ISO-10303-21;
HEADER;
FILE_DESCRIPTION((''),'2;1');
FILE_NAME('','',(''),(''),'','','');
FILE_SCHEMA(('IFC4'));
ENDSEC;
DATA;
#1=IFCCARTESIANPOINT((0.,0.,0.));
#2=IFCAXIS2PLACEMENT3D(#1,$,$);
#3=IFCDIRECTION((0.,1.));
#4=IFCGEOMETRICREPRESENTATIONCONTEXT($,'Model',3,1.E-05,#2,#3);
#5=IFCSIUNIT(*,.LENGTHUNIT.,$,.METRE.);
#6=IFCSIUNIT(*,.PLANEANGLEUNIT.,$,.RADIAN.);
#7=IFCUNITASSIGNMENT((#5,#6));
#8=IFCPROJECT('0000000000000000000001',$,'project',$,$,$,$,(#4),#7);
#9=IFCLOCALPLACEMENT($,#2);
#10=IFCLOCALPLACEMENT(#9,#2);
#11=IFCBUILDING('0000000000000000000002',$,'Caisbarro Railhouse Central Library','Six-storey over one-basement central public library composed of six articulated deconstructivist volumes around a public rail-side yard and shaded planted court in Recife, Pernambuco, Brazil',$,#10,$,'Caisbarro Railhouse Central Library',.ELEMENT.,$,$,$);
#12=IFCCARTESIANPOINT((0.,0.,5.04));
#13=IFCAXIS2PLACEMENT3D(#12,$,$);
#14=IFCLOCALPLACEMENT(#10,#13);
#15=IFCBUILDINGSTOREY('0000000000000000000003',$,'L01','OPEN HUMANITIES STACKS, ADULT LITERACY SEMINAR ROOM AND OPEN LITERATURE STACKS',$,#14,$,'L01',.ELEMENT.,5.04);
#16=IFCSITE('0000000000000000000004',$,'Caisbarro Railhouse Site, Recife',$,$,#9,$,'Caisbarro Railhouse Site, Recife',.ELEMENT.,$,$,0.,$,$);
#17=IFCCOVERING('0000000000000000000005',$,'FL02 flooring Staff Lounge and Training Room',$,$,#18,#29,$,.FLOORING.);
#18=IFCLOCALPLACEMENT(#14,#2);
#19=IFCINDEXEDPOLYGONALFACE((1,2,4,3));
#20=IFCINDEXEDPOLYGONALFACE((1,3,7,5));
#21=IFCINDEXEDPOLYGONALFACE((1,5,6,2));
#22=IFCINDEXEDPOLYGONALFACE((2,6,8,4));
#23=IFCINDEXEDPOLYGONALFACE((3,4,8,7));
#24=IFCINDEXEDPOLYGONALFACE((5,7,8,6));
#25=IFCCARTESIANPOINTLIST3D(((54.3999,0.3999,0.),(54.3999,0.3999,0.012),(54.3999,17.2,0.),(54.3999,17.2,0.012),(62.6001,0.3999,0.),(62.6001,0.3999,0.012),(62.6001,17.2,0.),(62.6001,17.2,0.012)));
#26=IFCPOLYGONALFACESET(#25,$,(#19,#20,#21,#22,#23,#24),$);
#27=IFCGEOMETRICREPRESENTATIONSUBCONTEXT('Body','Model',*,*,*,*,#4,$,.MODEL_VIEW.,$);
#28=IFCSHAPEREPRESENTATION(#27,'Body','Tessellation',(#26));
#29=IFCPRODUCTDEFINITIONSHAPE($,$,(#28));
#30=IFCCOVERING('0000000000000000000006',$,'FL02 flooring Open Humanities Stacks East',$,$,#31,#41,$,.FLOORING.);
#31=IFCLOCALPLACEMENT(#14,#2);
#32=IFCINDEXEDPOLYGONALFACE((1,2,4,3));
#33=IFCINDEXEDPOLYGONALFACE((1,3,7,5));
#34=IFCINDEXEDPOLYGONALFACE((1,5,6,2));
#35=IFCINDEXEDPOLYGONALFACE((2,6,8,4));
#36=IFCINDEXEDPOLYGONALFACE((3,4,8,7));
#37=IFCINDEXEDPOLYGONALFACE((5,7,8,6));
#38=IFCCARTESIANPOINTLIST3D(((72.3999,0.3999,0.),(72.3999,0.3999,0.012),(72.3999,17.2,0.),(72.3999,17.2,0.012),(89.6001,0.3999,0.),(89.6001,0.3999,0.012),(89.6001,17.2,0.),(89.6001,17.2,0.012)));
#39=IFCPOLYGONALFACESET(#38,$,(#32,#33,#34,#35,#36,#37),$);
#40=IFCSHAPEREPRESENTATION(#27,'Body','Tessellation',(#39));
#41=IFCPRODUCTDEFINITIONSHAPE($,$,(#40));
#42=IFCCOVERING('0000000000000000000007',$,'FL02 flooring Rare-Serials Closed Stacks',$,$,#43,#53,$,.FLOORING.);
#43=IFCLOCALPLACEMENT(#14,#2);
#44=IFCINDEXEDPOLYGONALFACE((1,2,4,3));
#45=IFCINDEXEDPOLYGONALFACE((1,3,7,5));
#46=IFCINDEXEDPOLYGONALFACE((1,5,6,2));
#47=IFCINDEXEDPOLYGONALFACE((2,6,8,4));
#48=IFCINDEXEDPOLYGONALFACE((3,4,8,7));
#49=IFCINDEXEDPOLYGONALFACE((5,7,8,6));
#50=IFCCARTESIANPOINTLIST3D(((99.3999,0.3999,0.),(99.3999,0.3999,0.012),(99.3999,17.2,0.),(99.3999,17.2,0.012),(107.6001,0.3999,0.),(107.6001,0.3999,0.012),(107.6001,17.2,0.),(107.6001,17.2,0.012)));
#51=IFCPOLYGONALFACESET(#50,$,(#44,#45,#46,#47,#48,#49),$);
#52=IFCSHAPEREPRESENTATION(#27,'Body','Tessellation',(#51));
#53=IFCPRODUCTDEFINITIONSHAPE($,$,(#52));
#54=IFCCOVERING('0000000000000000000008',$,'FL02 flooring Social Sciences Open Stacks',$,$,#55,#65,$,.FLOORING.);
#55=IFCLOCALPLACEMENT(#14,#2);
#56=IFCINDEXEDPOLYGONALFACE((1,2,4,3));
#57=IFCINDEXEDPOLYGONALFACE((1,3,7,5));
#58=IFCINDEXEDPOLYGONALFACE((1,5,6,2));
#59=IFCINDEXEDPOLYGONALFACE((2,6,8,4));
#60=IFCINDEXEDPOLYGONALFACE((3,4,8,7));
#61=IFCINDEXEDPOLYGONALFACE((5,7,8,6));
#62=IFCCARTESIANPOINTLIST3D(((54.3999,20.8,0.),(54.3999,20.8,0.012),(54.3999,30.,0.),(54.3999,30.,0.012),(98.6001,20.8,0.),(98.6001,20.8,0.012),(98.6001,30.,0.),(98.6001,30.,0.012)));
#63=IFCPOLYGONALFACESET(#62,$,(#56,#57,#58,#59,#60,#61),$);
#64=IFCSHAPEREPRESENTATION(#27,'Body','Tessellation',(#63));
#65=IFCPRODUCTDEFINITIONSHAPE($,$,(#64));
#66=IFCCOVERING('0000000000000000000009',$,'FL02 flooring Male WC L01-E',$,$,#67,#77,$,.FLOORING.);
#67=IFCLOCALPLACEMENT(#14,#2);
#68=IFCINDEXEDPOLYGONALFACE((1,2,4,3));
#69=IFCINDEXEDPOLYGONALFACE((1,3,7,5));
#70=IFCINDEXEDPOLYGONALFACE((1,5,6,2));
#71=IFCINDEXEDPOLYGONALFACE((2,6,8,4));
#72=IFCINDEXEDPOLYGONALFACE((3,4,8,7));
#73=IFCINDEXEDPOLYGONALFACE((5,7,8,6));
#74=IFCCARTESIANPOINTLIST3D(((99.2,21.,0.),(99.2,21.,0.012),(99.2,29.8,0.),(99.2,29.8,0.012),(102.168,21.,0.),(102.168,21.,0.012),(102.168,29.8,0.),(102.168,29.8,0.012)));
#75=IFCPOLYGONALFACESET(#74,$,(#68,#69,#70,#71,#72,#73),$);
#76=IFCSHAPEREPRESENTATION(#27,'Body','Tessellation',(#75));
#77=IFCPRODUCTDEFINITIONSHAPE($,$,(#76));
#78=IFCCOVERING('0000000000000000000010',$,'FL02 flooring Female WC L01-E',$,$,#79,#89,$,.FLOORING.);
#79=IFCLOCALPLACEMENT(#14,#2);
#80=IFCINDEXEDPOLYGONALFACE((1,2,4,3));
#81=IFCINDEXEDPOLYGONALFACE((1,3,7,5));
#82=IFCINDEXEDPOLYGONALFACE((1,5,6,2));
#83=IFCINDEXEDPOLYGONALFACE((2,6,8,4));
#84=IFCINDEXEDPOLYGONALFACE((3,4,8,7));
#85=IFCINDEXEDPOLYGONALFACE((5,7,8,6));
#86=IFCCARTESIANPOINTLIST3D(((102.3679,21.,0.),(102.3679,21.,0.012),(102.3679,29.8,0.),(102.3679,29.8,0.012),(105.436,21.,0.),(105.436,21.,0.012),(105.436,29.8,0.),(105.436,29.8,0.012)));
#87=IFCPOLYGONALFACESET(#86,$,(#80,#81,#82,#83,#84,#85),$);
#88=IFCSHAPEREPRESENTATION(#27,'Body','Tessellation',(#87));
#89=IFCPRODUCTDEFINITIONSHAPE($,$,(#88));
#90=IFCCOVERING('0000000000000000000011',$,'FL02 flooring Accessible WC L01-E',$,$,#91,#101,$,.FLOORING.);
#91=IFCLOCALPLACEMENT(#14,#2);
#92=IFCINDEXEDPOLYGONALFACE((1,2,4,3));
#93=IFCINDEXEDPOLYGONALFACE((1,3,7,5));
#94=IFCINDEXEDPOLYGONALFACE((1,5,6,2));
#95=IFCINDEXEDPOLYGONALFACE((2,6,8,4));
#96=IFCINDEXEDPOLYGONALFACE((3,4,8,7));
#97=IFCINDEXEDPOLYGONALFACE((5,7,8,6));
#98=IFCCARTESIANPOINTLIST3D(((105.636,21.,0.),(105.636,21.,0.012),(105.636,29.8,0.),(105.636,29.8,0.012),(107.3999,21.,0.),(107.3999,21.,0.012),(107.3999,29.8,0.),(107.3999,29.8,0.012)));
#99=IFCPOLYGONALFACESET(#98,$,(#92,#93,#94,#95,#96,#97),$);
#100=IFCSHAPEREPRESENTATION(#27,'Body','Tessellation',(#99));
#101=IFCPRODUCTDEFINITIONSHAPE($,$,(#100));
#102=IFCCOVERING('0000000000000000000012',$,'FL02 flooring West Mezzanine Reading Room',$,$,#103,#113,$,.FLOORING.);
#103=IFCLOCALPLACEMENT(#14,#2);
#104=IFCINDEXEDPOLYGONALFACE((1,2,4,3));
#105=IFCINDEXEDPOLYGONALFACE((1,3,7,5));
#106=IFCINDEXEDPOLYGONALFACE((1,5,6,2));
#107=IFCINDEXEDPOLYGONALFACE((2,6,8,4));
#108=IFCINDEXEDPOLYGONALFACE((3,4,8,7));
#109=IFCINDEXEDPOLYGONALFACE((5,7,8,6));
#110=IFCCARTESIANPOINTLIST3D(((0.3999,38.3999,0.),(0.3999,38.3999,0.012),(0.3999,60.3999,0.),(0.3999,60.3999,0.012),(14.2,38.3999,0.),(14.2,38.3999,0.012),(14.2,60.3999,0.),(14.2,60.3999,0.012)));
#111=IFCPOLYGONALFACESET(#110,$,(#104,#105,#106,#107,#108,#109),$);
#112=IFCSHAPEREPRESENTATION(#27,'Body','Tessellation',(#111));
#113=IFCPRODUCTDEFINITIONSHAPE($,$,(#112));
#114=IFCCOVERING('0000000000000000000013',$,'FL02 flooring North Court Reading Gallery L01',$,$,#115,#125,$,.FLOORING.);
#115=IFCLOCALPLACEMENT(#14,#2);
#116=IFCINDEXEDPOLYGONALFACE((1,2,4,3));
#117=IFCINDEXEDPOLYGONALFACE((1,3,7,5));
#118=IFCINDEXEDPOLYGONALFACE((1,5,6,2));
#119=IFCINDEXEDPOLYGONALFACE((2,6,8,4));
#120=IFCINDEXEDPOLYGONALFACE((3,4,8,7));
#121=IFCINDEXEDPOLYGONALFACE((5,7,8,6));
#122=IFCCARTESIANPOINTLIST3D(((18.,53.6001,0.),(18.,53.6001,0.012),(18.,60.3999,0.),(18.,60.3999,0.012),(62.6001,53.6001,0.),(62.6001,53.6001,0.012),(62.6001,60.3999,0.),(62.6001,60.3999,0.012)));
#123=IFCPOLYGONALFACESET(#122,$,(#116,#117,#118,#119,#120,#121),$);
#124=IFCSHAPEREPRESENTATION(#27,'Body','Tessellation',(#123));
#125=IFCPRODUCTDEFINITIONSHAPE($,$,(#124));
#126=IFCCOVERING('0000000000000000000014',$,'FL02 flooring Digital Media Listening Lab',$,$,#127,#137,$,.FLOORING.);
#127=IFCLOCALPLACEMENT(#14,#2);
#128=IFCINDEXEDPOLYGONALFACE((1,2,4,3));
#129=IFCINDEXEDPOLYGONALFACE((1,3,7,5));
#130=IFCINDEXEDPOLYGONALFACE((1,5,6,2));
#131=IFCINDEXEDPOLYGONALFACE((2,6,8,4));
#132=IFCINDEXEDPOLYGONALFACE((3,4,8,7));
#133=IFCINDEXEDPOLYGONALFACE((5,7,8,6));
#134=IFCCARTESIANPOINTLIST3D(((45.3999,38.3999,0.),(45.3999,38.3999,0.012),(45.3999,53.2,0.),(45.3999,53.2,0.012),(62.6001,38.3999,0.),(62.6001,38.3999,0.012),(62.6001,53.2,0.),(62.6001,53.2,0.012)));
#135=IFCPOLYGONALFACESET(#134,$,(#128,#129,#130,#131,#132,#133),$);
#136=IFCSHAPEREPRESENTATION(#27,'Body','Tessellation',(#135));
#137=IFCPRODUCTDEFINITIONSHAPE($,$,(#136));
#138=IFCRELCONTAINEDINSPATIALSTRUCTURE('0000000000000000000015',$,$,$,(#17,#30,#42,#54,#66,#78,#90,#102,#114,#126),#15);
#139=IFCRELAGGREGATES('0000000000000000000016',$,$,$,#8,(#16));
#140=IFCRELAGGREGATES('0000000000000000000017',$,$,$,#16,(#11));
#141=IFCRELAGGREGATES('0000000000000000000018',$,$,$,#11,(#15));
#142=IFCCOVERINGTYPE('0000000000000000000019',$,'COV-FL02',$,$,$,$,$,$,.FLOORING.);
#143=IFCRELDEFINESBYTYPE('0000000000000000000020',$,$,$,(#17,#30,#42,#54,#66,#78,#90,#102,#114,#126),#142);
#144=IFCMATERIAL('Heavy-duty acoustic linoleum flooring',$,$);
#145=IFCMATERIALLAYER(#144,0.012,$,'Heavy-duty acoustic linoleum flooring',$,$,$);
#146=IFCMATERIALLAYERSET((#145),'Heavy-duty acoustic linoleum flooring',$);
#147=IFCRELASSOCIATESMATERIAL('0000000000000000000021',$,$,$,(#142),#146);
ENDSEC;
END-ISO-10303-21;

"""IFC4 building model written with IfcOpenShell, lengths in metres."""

from ifc_helpers import new_model, si_unit, direction, frame, origin, place, context, subcontext, project, spatial, polyline, outline, extrude, material, layer, layer_set, type_object, element, save


model = new_model("IFC4")

# Units and contexts
model_context = context("Model", 3, precision=1e-05, world=origin(), true_north=direction((0.0, 1.0)))
body_context = subcontext(model_context, "Body", "Model", "MODEL_VIEW")
ifc_project = project(units=[si_unit("LENGTHUNIT", "METRE"), si_unit("PLANEANGLEUNIT", "RADIAN")], contexts=[model_context])

# Site, building, storey
site_placement = place(None, origin())
site = spatial("IfcSite", under=ifc_project, at=site_placement, Name="Caisbarro Railhouse Site, Recife", LongName="Caisbarro Railhouse Site, Recife", CompositionType="ELEMENT", RefElevation=0.0)
building_placement = place(site_placement, origin())
building = spatial("IfcBuilding", under=site, at=building_placement, Name="Caisbarro Railhouse Central Library", Description="Six-storey over one-basement central public library composed of six articulated deconstructivist volumes around a public rail-side yard and shaded planted court in Recife, Pernambuco, Brazil", LongName="Caisbarro Railhouse Central Library", CompositionType="ELEMENT")
storey_placement = place(building_placement, frame((0.0, 0.0, 5.04)))
storey = spatial("IfcBuildingStorey", under=building, at=storey_placement, Name="L01", Description="OPEN HUMANITIES STACKS, ADULT LITERACY SEMINAR ROOM AND OPEN LITERATURE STACKS", LongName="L01", CompositionType="ELEMENT", Elevation=5.04)

# Coverings
ifc_material_1 = material(Name="Heavy-duty acoustic linoleum flooring")
ifc_layer_1 = layer(ifc_material_1, 0.012, Name="Heavy-duty acoustic linoleum flooring")
ifc_layer_set_1 = layer_set([ifc_layer_1], Name="Heavy-duty acoustic linoleum flooring")
covering_type_1 = type_object("IfcCoveringType", Name="COV-FL02", PredefinedType="FLOORING", material=ifc_layer_set_1)
covering_1_placement = place(storey_placement, origin())
element("IfcCovering", 1, at=covering_1_placement, inside=storey, type_object=covering_type_1, Name="FL02 flooring Staff Lounge and Training Room", PredefinedType="FLOORING", context=body_context, shape_type="SweptSolid", body=[
    extrude(outline(polyline([(54.3999, 0.3999), (62.6001, 0.3999), (62.6001, 17.2), (54.3999, 17.2), (54.3999, 0.3999)])), origin(), (0.0, 0.0, 1.0), 0.012),
])
covering_2_placement = place(storey_placement, origin())
element("IfcCovering", 2, at=covering_2_placement, inside=storey, type_object=covering_type_1, Name="FL02 flooring Open Humanities Stacks East", PredefinedType="FLOORING", context=body_context, shape_type="SweptSolid", body=[
    extrude(outline(polyline([(72.3999, 0.3999), (89.6001, 0.3999), (89.6001, 17.2), (72.3999, 17.2), (72.3999, 0.3999)])), origin(), (0.0, 0.0, 1.0), 0.012),
])
covering_3_placement = place(storey_placement, origin())
element("IfcCovering", 3, at=covering_3_placement, inside=storey, type_object=covering_type_1, Name="FL02 flooring Rare-Serials Closed Stacks", PredefinedType="FLOORING", context=body_context, shape_type="SweptSolid", body=[
    extrude(outline(polyline([(99.3999, 0.3999), (107.6001, 0.3999), (107.6001, 17.2), (99.3999, 17.2), (99.3999, 0.3999)])), origin(), (0.0, 0.0, 1.0), 0.012),
])
covering_4_placement = place(storey_placement, origin())
element("IfcCovering", 4, at=covering_4_placement, inside=storey, type_object=covering_type_1, Name="FL02 flooring Social Sciences Open Stacks", PredefinedType="FLOORING", context=body_context, shape_type="SweptSolid", body=[
    extrude(outline(polyline([(54.3999, 20.8), (98.6001, 20.8), (98.6001, 30.0), (54.3999, 30.0), (54.3999, 20.8)])), origin(), (0.0, 0.0, 1.0), 0.012),
])
covering_5_placement = place(storey_placement, origin())
element("IfcCovering", 5, at=covering_5_placement, inside=storey, type_object=covering_type_1, Name="FL02 flooring Male WC L01-E", PredefinedType="FLOORING", context=body_context, shape_type="SweptSolid", body=[
    extrude(outline(polyline([(99.2, 21.0), (102.168, 21.0), (102.168, 29.8), (99.2, 29.8), (99.2, 21.0)])), origin(), (0.0, 0.0, 1.0), 0.012),
])
covering_6_placement = place(storey_placement, origin())
element("IfcCovering", 6, at=covering_6_placement, inside=storey, type_object=covering_type_1, Name="FL02 flooring Female WC L01-E", PredefinedType="FLOORING", context=body_context, shape_type="SweptSolid", body=[
    extrude(outline(polyline([(102.3679, 21.0), (105.436, 21.0), (105.436, 29.8), (102.3679, 29.8), (102.3679, 21.0)])), origin(), (0.0, 0.0, 1.0), 0.012),
])
covering_7_placement = place(storey_placement, origin())
element("IfcCovering", 7, at=covering_7_placement, inside=storey, type_object=covering_type_1, Name="FL02 flooring Accessible WC L01-E", PredefinedType="FLOORING", context=body_context, shape_type="SweptSolid", body=[
    extrude(outline(polyline([(105.636, 21.0), (107.3999, 21.0), (107.3999, 29.8), (105.636, 29.8), (105.636, 21.0)])), origin(), (0.0, 0.0, 1.0), 0.012),
])
covering_8_placement = place(storey_placement, origin())
element("IfcCovering", 8, at=covering_8_placement, inside=storey, type_object=covering_type_1, Name="FL02 flooring West Mezzanine Reading Room", PredefinedType="FLOORING", context=body_context, shape_type="SweptSolid", body=[
    extrude(outline(polyline([(0.3999, 38.3999), (14.2, 38.3999), (14.2, 60.3999), (0.3999, 60.3999), (0.3999, 38.3999)])), origin(), (0.0, 0.0, 1.0), 0.012),
])
covering_9_placement = place(storey_placement, origin())
element("IfcCovering", 9, at=covering_9_placement, inside=storey, type_object=covering_type_1, Name="FL02 flooring North Court Reading Gallery L01", PredefinedType="FLOORING", context=body_context, shape_type="SweptSolid", body=[
    extrude(outline(polyline([(18.0, 53.6001), (62.6001, 53.6001), (62.6001, 60.3999), (18.0, 60.3999), (18.0, 53.6001)])), origin(), (0.0, 0.0, 1.0), 0.012),
])
covering_10_placement = place(storey_placement, origin())
element("IfcCovering", 10, at=covering_10_placement, inside=storey, type_object=covering_type_1, Name="FL02 flooring Digital Media Listening Lab", PredefinedType="FLOORING", context=body_context, shape_type="SweptSolid", body=[
    extrude(outline(polyline([(45.3999, 38.3999), (62.6001, 38.3999), (62.6001, 53.2), (45.3999, 53.2), (45.3999, 38.3999)])), origin(), (0.0, 0.0, 1.0), 0.012),
])

save(model, "model.ifc")
